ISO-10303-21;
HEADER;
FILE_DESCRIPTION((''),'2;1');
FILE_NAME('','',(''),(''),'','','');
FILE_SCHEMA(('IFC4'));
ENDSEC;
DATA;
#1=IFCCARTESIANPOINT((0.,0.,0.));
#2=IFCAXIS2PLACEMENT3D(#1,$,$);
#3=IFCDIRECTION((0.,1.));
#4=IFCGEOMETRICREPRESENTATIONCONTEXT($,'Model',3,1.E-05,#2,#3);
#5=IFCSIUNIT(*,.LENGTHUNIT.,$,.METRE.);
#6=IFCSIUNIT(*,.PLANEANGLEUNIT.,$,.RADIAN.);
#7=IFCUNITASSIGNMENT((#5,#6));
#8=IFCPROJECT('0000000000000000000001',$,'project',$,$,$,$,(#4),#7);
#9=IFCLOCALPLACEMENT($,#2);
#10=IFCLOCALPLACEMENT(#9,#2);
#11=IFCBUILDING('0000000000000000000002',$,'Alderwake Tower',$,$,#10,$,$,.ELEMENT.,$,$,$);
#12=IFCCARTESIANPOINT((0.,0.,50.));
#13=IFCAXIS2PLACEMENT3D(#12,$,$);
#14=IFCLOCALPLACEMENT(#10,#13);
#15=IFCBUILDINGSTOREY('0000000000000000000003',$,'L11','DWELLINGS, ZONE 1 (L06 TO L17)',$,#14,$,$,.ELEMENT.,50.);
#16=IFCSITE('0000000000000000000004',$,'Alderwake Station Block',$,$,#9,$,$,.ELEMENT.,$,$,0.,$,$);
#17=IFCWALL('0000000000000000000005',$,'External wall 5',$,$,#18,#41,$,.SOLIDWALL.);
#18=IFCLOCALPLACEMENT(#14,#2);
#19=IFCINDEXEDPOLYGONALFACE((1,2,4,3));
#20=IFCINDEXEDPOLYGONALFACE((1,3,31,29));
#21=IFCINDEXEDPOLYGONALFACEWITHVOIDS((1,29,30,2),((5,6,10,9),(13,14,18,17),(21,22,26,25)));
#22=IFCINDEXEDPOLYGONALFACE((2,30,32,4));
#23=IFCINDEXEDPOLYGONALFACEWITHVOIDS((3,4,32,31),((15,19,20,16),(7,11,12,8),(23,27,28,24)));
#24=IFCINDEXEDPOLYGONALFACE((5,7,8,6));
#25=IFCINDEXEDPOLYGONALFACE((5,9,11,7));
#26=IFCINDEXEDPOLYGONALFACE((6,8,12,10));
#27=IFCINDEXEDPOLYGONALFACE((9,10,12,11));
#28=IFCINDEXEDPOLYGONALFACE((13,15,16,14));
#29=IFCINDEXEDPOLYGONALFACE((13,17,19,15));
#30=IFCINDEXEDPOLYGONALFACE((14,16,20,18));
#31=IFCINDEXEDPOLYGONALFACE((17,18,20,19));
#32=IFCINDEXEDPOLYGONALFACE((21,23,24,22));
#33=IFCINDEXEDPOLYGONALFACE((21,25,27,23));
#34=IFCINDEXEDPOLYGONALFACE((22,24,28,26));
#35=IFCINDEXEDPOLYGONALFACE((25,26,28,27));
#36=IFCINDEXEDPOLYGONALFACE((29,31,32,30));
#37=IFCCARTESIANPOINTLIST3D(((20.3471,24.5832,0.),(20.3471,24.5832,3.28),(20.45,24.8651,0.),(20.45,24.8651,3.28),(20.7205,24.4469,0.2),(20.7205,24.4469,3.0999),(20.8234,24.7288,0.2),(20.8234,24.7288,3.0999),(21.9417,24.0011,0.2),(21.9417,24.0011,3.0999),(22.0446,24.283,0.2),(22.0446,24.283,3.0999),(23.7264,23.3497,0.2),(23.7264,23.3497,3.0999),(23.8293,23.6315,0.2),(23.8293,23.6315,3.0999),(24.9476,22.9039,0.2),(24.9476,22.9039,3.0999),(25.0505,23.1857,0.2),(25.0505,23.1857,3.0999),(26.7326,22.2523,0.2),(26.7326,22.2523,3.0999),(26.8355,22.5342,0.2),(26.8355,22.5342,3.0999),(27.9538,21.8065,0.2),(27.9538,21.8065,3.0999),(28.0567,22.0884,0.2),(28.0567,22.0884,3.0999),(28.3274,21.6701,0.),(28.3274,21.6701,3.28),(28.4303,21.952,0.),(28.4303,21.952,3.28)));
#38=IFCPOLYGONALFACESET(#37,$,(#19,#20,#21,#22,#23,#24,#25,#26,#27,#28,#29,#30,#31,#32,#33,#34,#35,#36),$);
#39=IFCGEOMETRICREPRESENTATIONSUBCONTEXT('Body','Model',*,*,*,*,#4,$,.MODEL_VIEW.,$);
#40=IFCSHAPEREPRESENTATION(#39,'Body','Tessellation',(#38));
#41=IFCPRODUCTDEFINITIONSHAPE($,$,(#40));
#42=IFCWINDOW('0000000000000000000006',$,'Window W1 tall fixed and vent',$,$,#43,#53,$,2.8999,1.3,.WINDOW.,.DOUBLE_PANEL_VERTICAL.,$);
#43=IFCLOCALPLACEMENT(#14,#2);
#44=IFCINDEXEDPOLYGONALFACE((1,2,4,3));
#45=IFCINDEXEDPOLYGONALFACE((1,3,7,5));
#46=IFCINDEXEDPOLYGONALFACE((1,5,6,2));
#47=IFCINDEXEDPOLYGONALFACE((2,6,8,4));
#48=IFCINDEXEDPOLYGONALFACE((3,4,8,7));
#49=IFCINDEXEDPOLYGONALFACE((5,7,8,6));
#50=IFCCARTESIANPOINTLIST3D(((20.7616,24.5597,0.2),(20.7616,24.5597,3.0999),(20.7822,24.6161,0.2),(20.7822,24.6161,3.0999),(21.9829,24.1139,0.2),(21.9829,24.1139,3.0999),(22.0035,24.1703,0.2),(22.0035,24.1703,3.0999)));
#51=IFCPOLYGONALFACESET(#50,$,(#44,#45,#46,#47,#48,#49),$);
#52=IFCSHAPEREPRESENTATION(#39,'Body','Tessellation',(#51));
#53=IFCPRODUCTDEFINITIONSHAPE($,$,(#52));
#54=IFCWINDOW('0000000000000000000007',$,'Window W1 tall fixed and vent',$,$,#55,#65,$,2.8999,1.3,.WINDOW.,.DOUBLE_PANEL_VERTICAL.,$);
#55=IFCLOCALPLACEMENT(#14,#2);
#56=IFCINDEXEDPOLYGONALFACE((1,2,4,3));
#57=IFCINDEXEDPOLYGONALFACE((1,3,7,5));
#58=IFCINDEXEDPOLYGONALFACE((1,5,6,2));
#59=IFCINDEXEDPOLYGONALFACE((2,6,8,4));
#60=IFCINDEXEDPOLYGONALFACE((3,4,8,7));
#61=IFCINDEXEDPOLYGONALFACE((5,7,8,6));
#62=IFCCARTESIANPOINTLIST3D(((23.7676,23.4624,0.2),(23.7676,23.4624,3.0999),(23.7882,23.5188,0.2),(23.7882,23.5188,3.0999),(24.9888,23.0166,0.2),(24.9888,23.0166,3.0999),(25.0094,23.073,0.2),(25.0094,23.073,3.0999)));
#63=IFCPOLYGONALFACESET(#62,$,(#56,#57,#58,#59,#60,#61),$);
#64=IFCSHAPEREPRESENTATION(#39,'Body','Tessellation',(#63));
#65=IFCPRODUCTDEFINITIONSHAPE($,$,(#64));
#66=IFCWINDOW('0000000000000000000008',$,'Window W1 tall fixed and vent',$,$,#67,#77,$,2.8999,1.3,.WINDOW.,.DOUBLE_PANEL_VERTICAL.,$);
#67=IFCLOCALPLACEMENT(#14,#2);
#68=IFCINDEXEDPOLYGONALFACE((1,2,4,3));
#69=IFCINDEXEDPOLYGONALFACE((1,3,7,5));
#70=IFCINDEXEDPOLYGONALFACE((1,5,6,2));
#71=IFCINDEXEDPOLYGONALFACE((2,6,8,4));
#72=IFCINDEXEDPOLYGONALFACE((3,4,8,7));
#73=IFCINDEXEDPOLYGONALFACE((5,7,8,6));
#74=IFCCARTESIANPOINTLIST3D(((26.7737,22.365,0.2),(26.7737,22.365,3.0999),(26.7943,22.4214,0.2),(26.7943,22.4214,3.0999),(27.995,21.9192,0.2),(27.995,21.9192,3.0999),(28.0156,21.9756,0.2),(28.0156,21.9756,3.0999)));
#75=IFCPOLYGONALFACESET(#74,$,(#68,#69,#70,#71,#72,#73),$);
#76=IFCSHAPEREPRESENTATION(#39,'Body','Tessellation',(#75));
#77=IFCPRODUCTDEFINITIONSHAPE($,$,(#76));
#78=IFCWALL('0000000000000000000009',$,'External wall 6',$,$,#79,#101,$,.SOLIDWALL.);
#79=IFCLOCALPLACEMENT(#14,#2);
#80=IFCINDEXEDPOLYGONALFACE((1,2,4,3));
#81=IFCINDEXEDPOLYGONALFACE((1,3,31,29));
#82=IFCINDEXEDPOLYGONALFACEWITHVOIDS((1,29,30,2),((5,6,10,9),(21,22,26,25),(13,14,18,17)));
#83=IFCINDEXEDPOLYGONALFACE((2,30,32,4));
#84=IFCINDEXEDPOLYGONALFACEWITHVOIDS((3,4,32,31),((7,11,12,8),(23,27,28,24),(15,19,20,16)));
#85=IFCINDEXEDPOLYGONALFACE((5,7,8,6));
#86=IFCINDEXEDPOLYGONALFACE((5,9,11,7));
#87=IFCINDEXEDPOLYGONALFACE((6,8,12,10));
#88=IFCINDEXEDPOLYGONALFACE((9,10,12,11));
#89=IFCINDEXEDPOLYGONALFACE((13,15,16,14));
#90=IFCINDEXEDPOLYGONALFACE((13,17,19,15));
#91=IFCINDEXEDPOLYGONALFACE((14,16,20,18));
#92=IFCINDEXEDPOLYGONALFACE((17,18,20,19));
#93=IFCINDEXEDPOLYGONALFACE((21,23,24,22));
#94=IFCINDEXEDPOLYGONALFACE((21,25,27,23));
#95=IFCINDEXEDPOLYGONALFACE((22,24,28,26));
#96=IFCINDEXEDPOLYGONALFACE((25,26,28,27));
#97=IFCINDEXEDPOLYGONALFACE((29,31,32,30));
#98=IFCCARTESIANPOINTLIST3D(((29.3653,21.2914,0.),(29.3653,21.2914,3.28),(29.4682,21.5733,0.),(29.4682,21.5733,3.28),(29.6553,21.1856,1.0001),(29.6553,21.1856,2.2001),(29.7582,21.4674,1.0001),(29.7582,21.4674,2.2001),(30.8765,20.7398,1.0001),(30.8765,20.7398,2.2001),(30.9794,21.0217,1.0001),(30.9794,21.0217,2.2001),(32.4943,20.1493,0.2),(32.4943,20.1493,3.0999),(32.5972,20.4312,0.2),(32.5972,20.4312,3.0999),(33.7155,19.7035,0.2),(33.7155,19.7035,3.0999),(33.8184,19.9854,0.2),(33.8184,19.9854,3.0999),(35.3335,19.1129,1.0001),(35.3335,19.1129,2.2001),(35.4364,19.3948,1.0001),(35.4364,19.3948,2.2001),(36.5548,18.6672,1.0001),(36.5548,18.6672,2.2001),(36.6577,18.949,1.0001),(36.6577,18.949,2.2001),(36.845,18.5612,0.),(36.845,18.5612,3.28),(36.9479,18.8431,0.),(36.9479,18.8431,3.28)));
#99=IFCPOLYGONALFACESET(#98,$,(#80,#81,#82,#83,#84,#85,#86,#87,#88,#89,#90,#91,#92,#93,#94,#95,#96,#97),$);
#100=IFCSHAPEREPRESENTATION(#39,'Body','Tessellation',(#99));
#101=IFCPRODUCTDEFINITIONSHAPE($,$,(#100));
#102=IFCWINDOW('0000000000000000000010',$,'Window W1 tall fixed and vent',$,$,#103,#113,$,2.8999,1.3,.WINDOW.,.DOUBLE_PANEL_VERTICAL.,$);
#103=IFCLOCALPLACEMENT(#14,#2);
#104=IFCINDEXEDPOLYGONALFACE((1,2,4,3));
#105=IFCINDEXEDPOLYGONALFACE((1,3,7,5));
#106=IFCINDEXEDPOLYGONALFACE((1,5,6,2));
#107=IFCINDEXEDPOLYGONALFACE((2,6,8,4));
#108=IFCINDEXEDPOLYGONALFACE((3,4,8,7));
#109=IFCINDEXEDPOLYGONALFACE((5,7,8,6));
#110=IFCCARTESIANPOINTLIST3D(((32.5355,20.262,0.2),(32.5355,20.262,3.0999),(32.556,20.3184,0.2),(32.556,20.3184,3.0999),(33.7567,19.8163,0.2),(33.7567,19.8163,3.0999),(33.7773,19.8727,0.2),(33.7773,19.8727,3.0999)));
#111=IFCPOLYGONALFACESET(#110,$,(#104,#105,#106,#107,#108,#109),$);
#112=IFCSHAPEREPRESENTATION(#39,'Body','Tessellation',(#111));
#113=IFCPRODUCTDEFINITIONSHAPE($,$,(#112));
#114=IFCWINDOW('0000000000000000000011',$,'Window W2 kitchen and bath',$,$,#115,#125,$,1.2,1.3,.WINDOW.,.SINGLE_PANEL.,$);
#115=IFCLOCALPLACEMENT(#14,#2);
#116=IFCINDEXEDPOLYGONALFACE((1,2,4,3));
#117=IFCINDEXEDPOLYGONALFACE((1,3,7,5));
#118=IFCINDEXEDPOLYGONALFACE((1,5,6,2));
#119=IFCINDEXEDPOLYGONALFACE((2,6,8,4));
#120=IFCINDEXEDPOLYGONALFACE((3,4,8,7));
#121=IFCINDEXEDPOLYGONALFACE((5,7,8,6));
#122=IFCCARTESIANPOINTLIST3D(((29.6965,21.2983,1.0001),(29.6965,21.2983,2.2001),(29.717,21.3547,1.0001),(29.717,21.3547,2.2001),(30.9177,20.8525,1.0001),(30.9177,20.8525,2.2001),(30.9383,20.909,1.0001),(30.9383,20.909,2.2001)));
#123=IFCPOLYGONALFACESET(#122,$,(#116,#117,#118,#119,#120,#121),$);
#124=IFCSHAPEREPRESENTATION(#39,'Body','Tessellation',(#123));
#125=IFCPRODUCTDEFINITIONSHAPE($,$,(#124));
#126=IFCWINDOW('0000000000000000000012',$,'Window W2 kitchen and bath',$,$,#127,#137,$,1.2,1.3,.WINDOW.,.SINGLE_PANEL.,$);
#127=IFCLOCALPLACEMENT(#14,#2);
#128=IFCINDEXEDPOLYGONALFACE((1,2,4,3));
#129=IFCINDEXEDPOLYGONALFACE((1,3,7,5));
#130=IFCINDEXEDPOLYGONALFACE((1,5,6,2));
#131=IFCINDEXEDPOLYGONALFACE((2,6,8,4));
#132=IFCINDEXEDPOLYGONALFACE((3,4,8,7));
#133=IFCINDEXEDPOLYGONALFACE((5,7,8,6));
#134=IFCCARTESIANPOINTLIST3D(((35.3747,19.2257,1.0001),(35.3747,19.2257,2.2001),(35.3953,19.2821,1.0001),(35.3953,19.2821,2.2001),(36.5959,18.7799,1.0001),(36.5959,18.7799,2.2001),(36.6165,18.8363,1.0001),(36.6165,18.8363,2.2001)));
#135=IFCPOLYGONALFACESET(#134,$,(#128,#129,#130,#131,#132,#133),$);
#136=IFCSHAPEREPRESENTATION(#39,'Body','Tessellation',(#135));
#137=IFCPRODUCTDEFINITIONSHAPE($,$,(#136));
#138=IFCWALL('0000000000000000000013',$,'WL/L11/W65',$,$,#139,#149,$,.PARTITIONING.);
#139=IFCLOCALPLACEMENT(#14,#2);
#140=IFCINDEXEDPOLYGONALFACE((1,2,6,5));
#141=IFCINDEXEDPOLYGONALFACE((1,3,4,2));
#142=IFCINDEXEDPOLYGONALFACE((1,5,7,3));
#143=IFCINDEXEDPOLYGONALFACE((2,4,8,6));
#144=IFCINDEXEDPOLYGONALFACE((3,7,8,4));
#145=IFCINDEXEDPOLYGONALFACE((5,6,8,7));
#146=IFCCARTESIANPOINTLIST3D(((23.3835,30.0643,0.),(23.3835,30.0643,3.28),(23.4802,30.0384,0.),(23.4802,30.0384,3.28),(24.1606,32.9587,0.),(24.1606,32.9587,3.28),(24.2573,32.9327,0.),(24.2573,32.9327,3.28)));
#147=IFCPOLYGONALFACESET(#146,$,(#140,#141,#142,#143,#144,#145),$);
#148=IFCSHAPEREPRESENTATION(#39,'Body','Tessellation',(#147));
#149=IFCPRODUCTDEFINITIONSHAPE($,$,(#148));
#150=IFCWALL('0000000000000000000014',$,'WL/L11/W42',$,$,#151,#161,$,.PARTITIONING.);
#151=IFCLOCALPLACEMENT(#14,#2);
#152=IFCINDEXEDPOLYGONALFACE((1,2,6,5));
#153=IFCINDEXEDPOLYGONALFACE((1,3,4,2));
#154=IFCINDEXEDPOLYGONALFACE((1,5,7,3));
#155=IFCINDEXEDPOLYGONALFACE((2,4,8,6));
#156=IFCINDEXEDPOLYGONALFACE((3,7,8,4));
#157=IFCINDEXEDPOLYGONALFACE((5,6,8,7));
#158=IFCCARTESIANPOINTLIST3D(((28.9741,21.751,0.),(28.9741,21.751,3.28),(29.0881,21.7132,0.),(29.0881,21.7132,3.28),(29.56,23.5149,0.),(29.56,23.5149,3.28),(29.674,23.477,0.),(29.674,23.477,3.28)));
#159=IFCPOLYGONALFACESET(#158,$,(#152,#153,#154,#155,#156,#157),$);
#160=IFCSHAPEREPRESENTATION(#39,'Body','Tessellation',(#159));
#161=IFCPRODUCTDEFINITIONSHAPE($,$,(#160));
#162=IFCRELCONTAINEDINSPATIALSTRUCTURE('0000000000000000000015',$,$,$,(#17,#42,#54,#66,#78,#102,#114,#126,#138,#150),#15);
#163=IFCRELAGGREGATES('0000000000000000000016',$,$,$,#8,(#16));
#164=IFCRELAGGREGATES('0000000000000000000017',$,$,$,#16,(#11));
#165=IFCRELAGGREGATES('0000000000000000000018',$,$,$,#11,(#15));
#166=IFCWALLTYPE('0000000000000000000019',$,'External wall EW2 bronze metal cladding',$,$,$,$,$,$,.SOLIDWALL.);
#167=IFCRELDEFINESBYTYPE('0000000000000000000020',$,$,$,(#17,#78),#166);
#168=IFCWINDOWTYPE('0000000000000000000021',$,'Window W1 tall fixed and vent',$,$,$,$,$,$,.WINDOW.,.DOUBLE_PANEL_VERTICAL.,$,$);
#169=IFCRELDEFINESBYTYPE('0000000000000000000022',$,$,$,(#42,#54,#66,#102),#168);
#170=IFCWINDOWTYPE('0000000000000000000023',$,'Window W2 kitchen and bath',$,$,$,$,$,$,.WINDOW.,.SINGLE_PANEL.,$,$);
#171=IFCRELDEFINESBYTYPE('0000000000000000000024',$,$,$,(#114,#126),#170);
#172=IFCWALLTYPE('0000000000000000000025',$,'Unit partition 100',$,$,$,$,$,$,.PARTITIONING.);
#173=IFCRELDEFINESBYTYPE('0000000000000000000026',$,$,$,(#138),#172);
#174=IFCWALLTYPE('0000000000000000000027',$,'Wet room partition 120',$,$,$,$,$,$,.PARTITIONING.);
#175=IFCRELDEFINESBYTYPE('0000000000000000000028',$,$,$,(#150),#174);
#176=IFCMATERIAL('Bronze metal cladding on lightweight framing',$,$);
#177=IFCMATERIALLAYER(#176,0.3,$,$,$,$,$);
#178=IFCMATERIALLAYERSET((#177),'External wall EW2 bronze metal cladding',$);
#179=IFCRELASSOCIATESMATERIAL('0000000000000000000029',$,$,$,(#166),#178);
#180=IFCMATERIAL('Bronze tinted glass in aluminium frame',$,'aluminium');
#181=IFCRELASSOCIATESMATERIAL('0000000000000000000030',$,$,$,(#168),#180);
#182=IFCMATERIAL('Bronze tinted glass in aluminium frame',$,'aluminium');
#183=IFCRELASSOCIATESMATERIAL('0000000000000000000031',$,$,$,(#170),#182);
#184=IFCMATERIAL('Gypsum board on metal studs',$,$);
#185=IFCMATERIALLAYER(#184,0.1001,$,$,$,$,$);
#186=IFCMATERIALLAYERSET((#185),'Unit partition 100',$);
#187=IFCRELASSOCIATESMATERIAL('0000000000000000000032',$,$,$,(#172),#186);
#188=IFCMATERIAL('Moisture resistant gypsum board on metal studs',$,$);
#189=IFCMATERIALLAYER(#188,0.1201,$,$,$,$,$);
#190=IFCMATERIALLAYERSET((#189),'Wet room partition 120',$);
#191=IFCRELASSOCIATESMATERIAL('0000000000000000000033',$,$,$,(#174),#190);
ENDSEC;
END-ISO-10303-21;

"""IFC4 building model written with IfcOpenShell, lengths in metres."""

from ifc_helpers import new_model, si_unit, direction, frame, frame_2d, origin, place, context, subcontext, project, spatial, rectangle, extrude, material, layer, layer_set, type_object, element, fill, save


model = new_model("IFC4")

# Units and contexts
model_context = context("Model", 3, precision=1e-05, world=origin(), true_north=direction((0.0, 1.0)))
body_context = subcontext(model_context, "Body", "Model", "MODEL_VIEW")
ifc_project = project(units=[si_unit("LENGTHUNIT", "METRE"), si_unit("PLANEANGLEUNIT", "RADIAN")], contexts=[model_context])

# Site, building, storey
site_placement = place(None, origin())
site = spatial("IfcSite", under=ifc_project, at=site_placement, Name="Alderwake Station Block", CompositionType="ELEMENT", RefElevation=0.0)
building_placement = place(site_placement, origin())
building = spatial("IfcBuilding", under=site, at=building_placement, Name="Alderwake Tower", CompositionType="ELEMENT")
storey_placement = place(building_placement, frame((0.0, 0.0, 50.0)))
storey = spatial("IfcBuildingStorey", under=building, at=storey_placement, Name="L11", Description="DWELLINGS, ZONE 1 (L06 TO L17)", CompositionType="ELEMENT", Elevation=50.0)

# Shared definitions
ifc_material_1 = material(Name="Bronze metal cladding on lightweight framing")
ifc_layer_1 = layer(ifc_material_1, 0.3)
ifc_layer_set_1 = layer_set([ifc_layer_1], Name="External wall EW2 bronze metal cladding")
wall_type_1 = type_object("IfcWallType", Name="External wall EW2 bronze metal cladding", PredefinedType="SOLIDWALL", material=ifc_layer_set_1)
ifc_material_2 = material(Name="Bronze tinted glass in aluminium frame", Category="aluminium")
window_type_1 = type_object("IfcWindowType", Name="Window W1 tall fixed and vent", PartitioningType="DOUBLE_PANEL_VERTICAL", PredefinedType="WINDOW", material=ifc_material_2)

# Walls, openings, windows
wall_1_placement = place(storey_placement, frame((20.3987, 24.7241, 0.0), z_axis=(0.0, 0.0, 1.0), x_axis=(0.93937, -0.342906, 0.0)))
wall_1 = element("IfcWall", 1, at=wall_1_placement, inside=storey, type_object=wall_type_1, Name="External wall 5", PredefinedType="SOLIDWALL", context=body_context, shape_type="SweptSolid", body=[
    extrude(rectangle(XDim=8.4954, YDim=0.3, at=frame_2d((4.2476, 0.0))), origin(), (0.0, 0.0, 1.0), 3.28),
])
opening_1_placement = place(wall_1_placement, frame((0.3975, 0.0, 0.2)))
opening_1 = element("IfcOpeningElement", 2, at=opening_1_placement, cuts=wall_1, PredefinedType="OPENING", context=body_context, shape_type="SweptSolid", body=[
    extrude(rectangle(XDim=1.3, YDim=2.8999, at=frame_2d((0.6499, 1.45))), frame((0.0, 0.1599, 0.0), z_axis=(0.0, -1.0, 0.0), x_axis=(1.0, 0.0, 0.0)), (0.0, 0.0, 1.0), 0.3201),
])
opening_2_placement = place(wall_1_placement, frame((3.5974, 0.0, 0.2)))
opening_2 = element("IfcOpeningElement", 3, at=opening_2_placement, cuts=wall_1, PredefinedType="OPENING", context=body_context, shape_type="SweptSolid", body=[
    extrude(rectangle(XDim=1.3, YDim=2.8999, at=frame_2d((0.6499, 1.45))), frame((0.0, 0.1599, 0.0), z_axis=(0.0, -1.0, 0.0), x_axis=(1.0, 0.0, 0.0)), (0.0, 0.0, 1.0), 0.3201),
])
opening_3_placement = place(wall_1_placement, frame((6.7976, 0.0, 0.2)))
opening_3 = element("IfcOpeningElement", 4, at=opening_3_placement, cuts=wall_1, PredefinedType="OPENING", context=body_context, shape_type="SweptSolid", body=[
    extrude(rectangle(XDim=1.3, YDim=2.8999, at=frame_2d((0.6499, 1.45))), frame((0.0, 0.1599, 0.0), z_axis=(0.0, -1.0, 0.0), x_axis=(1.0, 0.0, 0.0)), (0.0, 0.0, 1.0), 0.3201),
])
window_1_placement = place(opening_1_placement, origin())
window_1 = element("IfcWindow", 5, at=window_1_placement, inside=storey, type_object=window_type_1, Name="Window W1 tall fixed and vent", OverallHeight=2.8999, OverallWidth=1.3, PartitioningType="DOUBLE_PANEL_VERTICAL", PredefinedType="WINDOW", context=body_context, shape_type="SweptSolid", body=[
    extrude(rectangle(XDim=1.3, YDim=2.8999, at=frame_2d((0.6499, 1.45))), frame((0.0, 0.03, 0.0), z_axis=(0.0, -1.0, 0.0), x_axis=(1.0, 0.0, 0.0)), (0.0, 0.0, 1.0), 0.0601),
])
fill(opening_1, window_1)
window_2_placement = place(opening_2_placement, origin())
window_2 = element("IfcWindow", 6, at=window_2_placement, inside=storey, type_object=window_type_1, Name="Window W1 tall fixed and vent", OverallHeight=2.8999, OverallWidth=1.3, PartitioningType="DOUBLE_PANEL_VERTICAL", PredefinedType="WINDOW", context=body_context, shape_type="SweptSolid", body=[
    extrude(rectangle(XDim=1.3, YDim=2.8999, at=frame_2d((0.6499, 1.45))), frame((0.0, 0.03, 0.0), z_axis=(0.0, -1.0, 0.0), x_axis=(1.0, 0.0, 0.0)), (0.0, 0.0, 1.0), 0.0601),
])
fill(opening_2, window_2)
window_3_placement = place(opening_3_placement, origin())
window_3 = element("IfcWindow", 7, at=window_3_placement, inside=storey, type_object=window_type_1, Name="Window W1 tall fixed and vent", OverallHeight=2.8999, OverallWidth=1.3, PartitioningType="DOUBLE_PANEL_VERTICAL", PredefinedType="WINDOW", context=body_context, shape_type="SweptSolid", body=[
    extrude(rectangle(XDim=1.3, YDim=2.8999, at=frame_2d((0.6499, 1.45))), frame((0.0, 0.03, 0.0), z_axis=(0.0, -1.0, 0.0), x_axis=(1.0, 0.0, 0.0)), (0.0, 0.0, 1.0), 0.0601),
])
fill(opening_3, window_3)
wall_2_placement = place(storey_placement, frame((29.4167, 21.4324, 0.0), z_axis=(0.0, 0.0, 1.0), x_axis=(0.939376, -0.342888, 0.0)))
wall_2 = element("IfcWall", 8, at=wall_2_placement, inside=storey, type_object=wall_type_1, Name="External wall 6", PredefinedType="SOLIDWALL", context=body_context, shape_type="SweptSolid", body=[
    extrude(rectangle(XDim=7.9624, YDim=0.3, at=frame_2d((3.9812, 0.0))), origin(), (0.0, 0.0, 1.0), 3.28),
])
opening_4_placement = place(wall_2_placement, frame((0.3088, 0.0, 1.0)))
opening_4 = element("IfcOpeningElement", 9, at=opening_4_placement, cuts=wall_2, PredefinedType="OPENING", context=body_context, shape_type="SweptSolid", body=[
    extrude(rectangle(XDim=1.3, YDim=1.2, at=frame_2d((0.6499, 0.6001))), frame((0.0, 0.1599, 0.0), z_axis=(0.0, -1.0, 0.0), x_axis=(1.0, 0.0, 0.0)), (0.0, 0.0, 1.0), 0.3201),
])
opening_5_placement = place(wall_2_placement, frame((3.3311, 0.0, 0.2)))
opening_5 = element("IfcOpeningElement", 10, at=opening_5_placement, cuts=wall_2, PredefinedType="OPENING", context=body_context, shape_type="SweptSolid", body=[
    extrude(rectangle(XDim=1.3, YDim=2.8999, at=frame_2d((0.6499, 1.45))), frame((0.0, 0.1599, 0.0), z_axis=(0.0, -1.0, 0.0), x_axis=(1.0, 0.0, 0.0)), (0.0, 0.0, 1.0), 0.3201),
])
opening_6_placement = place(wall_2_placement, frame((6.3535, 0.0, 1.0)))
opening_6 = element("IfcOpeningElement", 11, at=opening_6_placement, cuts=wall_2, PredefinedType="OPENING", context=body_context, shape_type="SweptSolid", body=[
    extrude(rectangle(XDim=1.3, YDim=1.2, at=frame_2d((0.6499, 0.6001))), frame((0.0, 0.1599, 0.0), z_axis=(0.0, -1.0, 0.0), x_axis=(1.0, 0.0, 0.0)), (0.0, 0.0, 1.0), 0.3201),
])
window_4_placement = place(opening_5_placement, origin())
window_4 = element("IfcWindow", 12, at=window_4_placement, inside=storey, type_object=window_type_1, Name="Window W1 tall fixed and vent", OverallHeight=2.8999, OverallWidth=1.3, PartitioningType="DOUBLE_PANEL_VERTICAL", PredefinedType="WINDOW", context=body_context, shape_type="SweptSolid", body=[
    extrude(rectangle(XDim=1.3, YDim=2.8999, at=frame_2d((0.6499, 1.45))), frame((0.0, 0.03, 0.0), z_axis=(0.0, -1.0, 0.0), x_axis=(1.0, 0.0, 0.0)), (0.0, 0.0, 1.0), 0.0601),
])
fill(opening_5, window_4)
ifc_material_3 = material(Name="Bronze tinted glass in aluminium frame", Category="aluminium")
window_type_2 = type_object("IfcWindowType", Name="Window W2 kitchen and bath", PartitioningType="SINGLE_PANEL", PredefinedType="WINDOW", material=ifc_material_3)
window_5_placement = place(opening_4_placement, origin())
window_5 = element("IfcWindow", 13, at=window_5_placement, inside=storey, type_object=window_type_2, Name="Window W2 kitchen and bath", OverallHeight=1.2, OverallWidth=1.3, PartitioningType="SINGLE_PANEL", PredefinedType="WINDOW", context=body_context, shape_type="SweptSolid", body=[
    extrude(rectangle(XDim=1.3, YDim=1.2, at=frame_2d((0.6499, 0.6001))), frame((0.0, 0.03, 0.0), z_axis=(0.0, -1.0, 0.0), x_axis=(1.0, 0.0, 0.0)), (0.0, 0.0, 1.0), 0.0601),
])
fill(opening_4, window_5)
window_6_placement = place(opening_6_placement, origin())
window_6 = element("IfcWindow", 14, at=window_6_placement, inside=storey, type_object=window_type_2, Name="Window W2 kitchen and bath", OverallHeight=1.2, OverallWidth=1.3, PartitioningType="SINGLE_PANEL", PredefinedType="WINDOW", context=body_context, shape_type="SweptSolid", body=[
    extrude(rectangle(XDim=1.3, YDim=1.2, at=frame_2d((0.6499, 0.6001))), frame((0.0, 0.03, 0.0), z_axis=(0.0, -1.0, 0.0), x_axis=(1.0, 0.0, 0.0)), (0.0, 0.0, 1.0), 0.0601),
])
fill(opening_6, window_6)

# Walls
ifc_material_4 = material(Name="Gypsum board on metal studs")
ifc_layer_2 = layer(ifc_material_4, 0.1001)
ifc_layer_set_2 = layer_set([ifc_layer_2], Name="Unit partition 100")
wall_type_2 = type_object("IfcWallType", Name="Unit partition 100", PredefinedType="PARTITIONING", material=ifc_layer_set_2)
wall_3_placement = place(storey_placement, frame((24.209, 32.9458, 0.0), z_axis=(0.0, 0.0, 1.0), x_axis=(-0.25931, -0.965794, 0.0)))
element("IfcWall", 15, at=wall_3_placement, inside=storey, type_object=wall_type_2, Name="WL/L11/W65", PredefinedType="PARTITIONING", context=body_context, shape_type="SweptSolid", body=[
    extrude(rectangle(XDim=2.9968, YDim=0.1001, at=frame_2d((1.4985, 0.0))), origin(), (0.0, 0.0, 1.0), 3.28),
])
ifc_material_5 = material(Name="Moisture resistant gypsum board on metal studs")
ifc_layer_3 = layer(ifc_material_5, 0.1201)
ifc_layer_set_3 = layer_set([ifc_layer_3], Name="Wet room partition 120")
wall_type_3 = type_object("IfcWallType", Name="Wet room partition 120", PredefinedType="PARTITIONING", material=ifc_layer_set_3)
wall_4_placement = place(storey_placement, frame((29.6169, 23.4958, 0.0), z_axis=(0.0, 0.0, 1.0), x_axis=(-0.315242, -0.949011, 0.0)))
element("IfcWall", 16, at=wall_4_placement, inside=storey, type_object=wall_type_3, Name="WL/L11/W42", PredefinedType="PARTITIONING", context=body_context, shape_type="SweptSolid", body=[
    extrude(rectangle(XDim=1.8586, YDim=0.1201, at=frame_2d((0.9292, 0.0))), origin(), (0.0, 0.0, 1.0), 3.28),
])

save(model, "model.ifc")
